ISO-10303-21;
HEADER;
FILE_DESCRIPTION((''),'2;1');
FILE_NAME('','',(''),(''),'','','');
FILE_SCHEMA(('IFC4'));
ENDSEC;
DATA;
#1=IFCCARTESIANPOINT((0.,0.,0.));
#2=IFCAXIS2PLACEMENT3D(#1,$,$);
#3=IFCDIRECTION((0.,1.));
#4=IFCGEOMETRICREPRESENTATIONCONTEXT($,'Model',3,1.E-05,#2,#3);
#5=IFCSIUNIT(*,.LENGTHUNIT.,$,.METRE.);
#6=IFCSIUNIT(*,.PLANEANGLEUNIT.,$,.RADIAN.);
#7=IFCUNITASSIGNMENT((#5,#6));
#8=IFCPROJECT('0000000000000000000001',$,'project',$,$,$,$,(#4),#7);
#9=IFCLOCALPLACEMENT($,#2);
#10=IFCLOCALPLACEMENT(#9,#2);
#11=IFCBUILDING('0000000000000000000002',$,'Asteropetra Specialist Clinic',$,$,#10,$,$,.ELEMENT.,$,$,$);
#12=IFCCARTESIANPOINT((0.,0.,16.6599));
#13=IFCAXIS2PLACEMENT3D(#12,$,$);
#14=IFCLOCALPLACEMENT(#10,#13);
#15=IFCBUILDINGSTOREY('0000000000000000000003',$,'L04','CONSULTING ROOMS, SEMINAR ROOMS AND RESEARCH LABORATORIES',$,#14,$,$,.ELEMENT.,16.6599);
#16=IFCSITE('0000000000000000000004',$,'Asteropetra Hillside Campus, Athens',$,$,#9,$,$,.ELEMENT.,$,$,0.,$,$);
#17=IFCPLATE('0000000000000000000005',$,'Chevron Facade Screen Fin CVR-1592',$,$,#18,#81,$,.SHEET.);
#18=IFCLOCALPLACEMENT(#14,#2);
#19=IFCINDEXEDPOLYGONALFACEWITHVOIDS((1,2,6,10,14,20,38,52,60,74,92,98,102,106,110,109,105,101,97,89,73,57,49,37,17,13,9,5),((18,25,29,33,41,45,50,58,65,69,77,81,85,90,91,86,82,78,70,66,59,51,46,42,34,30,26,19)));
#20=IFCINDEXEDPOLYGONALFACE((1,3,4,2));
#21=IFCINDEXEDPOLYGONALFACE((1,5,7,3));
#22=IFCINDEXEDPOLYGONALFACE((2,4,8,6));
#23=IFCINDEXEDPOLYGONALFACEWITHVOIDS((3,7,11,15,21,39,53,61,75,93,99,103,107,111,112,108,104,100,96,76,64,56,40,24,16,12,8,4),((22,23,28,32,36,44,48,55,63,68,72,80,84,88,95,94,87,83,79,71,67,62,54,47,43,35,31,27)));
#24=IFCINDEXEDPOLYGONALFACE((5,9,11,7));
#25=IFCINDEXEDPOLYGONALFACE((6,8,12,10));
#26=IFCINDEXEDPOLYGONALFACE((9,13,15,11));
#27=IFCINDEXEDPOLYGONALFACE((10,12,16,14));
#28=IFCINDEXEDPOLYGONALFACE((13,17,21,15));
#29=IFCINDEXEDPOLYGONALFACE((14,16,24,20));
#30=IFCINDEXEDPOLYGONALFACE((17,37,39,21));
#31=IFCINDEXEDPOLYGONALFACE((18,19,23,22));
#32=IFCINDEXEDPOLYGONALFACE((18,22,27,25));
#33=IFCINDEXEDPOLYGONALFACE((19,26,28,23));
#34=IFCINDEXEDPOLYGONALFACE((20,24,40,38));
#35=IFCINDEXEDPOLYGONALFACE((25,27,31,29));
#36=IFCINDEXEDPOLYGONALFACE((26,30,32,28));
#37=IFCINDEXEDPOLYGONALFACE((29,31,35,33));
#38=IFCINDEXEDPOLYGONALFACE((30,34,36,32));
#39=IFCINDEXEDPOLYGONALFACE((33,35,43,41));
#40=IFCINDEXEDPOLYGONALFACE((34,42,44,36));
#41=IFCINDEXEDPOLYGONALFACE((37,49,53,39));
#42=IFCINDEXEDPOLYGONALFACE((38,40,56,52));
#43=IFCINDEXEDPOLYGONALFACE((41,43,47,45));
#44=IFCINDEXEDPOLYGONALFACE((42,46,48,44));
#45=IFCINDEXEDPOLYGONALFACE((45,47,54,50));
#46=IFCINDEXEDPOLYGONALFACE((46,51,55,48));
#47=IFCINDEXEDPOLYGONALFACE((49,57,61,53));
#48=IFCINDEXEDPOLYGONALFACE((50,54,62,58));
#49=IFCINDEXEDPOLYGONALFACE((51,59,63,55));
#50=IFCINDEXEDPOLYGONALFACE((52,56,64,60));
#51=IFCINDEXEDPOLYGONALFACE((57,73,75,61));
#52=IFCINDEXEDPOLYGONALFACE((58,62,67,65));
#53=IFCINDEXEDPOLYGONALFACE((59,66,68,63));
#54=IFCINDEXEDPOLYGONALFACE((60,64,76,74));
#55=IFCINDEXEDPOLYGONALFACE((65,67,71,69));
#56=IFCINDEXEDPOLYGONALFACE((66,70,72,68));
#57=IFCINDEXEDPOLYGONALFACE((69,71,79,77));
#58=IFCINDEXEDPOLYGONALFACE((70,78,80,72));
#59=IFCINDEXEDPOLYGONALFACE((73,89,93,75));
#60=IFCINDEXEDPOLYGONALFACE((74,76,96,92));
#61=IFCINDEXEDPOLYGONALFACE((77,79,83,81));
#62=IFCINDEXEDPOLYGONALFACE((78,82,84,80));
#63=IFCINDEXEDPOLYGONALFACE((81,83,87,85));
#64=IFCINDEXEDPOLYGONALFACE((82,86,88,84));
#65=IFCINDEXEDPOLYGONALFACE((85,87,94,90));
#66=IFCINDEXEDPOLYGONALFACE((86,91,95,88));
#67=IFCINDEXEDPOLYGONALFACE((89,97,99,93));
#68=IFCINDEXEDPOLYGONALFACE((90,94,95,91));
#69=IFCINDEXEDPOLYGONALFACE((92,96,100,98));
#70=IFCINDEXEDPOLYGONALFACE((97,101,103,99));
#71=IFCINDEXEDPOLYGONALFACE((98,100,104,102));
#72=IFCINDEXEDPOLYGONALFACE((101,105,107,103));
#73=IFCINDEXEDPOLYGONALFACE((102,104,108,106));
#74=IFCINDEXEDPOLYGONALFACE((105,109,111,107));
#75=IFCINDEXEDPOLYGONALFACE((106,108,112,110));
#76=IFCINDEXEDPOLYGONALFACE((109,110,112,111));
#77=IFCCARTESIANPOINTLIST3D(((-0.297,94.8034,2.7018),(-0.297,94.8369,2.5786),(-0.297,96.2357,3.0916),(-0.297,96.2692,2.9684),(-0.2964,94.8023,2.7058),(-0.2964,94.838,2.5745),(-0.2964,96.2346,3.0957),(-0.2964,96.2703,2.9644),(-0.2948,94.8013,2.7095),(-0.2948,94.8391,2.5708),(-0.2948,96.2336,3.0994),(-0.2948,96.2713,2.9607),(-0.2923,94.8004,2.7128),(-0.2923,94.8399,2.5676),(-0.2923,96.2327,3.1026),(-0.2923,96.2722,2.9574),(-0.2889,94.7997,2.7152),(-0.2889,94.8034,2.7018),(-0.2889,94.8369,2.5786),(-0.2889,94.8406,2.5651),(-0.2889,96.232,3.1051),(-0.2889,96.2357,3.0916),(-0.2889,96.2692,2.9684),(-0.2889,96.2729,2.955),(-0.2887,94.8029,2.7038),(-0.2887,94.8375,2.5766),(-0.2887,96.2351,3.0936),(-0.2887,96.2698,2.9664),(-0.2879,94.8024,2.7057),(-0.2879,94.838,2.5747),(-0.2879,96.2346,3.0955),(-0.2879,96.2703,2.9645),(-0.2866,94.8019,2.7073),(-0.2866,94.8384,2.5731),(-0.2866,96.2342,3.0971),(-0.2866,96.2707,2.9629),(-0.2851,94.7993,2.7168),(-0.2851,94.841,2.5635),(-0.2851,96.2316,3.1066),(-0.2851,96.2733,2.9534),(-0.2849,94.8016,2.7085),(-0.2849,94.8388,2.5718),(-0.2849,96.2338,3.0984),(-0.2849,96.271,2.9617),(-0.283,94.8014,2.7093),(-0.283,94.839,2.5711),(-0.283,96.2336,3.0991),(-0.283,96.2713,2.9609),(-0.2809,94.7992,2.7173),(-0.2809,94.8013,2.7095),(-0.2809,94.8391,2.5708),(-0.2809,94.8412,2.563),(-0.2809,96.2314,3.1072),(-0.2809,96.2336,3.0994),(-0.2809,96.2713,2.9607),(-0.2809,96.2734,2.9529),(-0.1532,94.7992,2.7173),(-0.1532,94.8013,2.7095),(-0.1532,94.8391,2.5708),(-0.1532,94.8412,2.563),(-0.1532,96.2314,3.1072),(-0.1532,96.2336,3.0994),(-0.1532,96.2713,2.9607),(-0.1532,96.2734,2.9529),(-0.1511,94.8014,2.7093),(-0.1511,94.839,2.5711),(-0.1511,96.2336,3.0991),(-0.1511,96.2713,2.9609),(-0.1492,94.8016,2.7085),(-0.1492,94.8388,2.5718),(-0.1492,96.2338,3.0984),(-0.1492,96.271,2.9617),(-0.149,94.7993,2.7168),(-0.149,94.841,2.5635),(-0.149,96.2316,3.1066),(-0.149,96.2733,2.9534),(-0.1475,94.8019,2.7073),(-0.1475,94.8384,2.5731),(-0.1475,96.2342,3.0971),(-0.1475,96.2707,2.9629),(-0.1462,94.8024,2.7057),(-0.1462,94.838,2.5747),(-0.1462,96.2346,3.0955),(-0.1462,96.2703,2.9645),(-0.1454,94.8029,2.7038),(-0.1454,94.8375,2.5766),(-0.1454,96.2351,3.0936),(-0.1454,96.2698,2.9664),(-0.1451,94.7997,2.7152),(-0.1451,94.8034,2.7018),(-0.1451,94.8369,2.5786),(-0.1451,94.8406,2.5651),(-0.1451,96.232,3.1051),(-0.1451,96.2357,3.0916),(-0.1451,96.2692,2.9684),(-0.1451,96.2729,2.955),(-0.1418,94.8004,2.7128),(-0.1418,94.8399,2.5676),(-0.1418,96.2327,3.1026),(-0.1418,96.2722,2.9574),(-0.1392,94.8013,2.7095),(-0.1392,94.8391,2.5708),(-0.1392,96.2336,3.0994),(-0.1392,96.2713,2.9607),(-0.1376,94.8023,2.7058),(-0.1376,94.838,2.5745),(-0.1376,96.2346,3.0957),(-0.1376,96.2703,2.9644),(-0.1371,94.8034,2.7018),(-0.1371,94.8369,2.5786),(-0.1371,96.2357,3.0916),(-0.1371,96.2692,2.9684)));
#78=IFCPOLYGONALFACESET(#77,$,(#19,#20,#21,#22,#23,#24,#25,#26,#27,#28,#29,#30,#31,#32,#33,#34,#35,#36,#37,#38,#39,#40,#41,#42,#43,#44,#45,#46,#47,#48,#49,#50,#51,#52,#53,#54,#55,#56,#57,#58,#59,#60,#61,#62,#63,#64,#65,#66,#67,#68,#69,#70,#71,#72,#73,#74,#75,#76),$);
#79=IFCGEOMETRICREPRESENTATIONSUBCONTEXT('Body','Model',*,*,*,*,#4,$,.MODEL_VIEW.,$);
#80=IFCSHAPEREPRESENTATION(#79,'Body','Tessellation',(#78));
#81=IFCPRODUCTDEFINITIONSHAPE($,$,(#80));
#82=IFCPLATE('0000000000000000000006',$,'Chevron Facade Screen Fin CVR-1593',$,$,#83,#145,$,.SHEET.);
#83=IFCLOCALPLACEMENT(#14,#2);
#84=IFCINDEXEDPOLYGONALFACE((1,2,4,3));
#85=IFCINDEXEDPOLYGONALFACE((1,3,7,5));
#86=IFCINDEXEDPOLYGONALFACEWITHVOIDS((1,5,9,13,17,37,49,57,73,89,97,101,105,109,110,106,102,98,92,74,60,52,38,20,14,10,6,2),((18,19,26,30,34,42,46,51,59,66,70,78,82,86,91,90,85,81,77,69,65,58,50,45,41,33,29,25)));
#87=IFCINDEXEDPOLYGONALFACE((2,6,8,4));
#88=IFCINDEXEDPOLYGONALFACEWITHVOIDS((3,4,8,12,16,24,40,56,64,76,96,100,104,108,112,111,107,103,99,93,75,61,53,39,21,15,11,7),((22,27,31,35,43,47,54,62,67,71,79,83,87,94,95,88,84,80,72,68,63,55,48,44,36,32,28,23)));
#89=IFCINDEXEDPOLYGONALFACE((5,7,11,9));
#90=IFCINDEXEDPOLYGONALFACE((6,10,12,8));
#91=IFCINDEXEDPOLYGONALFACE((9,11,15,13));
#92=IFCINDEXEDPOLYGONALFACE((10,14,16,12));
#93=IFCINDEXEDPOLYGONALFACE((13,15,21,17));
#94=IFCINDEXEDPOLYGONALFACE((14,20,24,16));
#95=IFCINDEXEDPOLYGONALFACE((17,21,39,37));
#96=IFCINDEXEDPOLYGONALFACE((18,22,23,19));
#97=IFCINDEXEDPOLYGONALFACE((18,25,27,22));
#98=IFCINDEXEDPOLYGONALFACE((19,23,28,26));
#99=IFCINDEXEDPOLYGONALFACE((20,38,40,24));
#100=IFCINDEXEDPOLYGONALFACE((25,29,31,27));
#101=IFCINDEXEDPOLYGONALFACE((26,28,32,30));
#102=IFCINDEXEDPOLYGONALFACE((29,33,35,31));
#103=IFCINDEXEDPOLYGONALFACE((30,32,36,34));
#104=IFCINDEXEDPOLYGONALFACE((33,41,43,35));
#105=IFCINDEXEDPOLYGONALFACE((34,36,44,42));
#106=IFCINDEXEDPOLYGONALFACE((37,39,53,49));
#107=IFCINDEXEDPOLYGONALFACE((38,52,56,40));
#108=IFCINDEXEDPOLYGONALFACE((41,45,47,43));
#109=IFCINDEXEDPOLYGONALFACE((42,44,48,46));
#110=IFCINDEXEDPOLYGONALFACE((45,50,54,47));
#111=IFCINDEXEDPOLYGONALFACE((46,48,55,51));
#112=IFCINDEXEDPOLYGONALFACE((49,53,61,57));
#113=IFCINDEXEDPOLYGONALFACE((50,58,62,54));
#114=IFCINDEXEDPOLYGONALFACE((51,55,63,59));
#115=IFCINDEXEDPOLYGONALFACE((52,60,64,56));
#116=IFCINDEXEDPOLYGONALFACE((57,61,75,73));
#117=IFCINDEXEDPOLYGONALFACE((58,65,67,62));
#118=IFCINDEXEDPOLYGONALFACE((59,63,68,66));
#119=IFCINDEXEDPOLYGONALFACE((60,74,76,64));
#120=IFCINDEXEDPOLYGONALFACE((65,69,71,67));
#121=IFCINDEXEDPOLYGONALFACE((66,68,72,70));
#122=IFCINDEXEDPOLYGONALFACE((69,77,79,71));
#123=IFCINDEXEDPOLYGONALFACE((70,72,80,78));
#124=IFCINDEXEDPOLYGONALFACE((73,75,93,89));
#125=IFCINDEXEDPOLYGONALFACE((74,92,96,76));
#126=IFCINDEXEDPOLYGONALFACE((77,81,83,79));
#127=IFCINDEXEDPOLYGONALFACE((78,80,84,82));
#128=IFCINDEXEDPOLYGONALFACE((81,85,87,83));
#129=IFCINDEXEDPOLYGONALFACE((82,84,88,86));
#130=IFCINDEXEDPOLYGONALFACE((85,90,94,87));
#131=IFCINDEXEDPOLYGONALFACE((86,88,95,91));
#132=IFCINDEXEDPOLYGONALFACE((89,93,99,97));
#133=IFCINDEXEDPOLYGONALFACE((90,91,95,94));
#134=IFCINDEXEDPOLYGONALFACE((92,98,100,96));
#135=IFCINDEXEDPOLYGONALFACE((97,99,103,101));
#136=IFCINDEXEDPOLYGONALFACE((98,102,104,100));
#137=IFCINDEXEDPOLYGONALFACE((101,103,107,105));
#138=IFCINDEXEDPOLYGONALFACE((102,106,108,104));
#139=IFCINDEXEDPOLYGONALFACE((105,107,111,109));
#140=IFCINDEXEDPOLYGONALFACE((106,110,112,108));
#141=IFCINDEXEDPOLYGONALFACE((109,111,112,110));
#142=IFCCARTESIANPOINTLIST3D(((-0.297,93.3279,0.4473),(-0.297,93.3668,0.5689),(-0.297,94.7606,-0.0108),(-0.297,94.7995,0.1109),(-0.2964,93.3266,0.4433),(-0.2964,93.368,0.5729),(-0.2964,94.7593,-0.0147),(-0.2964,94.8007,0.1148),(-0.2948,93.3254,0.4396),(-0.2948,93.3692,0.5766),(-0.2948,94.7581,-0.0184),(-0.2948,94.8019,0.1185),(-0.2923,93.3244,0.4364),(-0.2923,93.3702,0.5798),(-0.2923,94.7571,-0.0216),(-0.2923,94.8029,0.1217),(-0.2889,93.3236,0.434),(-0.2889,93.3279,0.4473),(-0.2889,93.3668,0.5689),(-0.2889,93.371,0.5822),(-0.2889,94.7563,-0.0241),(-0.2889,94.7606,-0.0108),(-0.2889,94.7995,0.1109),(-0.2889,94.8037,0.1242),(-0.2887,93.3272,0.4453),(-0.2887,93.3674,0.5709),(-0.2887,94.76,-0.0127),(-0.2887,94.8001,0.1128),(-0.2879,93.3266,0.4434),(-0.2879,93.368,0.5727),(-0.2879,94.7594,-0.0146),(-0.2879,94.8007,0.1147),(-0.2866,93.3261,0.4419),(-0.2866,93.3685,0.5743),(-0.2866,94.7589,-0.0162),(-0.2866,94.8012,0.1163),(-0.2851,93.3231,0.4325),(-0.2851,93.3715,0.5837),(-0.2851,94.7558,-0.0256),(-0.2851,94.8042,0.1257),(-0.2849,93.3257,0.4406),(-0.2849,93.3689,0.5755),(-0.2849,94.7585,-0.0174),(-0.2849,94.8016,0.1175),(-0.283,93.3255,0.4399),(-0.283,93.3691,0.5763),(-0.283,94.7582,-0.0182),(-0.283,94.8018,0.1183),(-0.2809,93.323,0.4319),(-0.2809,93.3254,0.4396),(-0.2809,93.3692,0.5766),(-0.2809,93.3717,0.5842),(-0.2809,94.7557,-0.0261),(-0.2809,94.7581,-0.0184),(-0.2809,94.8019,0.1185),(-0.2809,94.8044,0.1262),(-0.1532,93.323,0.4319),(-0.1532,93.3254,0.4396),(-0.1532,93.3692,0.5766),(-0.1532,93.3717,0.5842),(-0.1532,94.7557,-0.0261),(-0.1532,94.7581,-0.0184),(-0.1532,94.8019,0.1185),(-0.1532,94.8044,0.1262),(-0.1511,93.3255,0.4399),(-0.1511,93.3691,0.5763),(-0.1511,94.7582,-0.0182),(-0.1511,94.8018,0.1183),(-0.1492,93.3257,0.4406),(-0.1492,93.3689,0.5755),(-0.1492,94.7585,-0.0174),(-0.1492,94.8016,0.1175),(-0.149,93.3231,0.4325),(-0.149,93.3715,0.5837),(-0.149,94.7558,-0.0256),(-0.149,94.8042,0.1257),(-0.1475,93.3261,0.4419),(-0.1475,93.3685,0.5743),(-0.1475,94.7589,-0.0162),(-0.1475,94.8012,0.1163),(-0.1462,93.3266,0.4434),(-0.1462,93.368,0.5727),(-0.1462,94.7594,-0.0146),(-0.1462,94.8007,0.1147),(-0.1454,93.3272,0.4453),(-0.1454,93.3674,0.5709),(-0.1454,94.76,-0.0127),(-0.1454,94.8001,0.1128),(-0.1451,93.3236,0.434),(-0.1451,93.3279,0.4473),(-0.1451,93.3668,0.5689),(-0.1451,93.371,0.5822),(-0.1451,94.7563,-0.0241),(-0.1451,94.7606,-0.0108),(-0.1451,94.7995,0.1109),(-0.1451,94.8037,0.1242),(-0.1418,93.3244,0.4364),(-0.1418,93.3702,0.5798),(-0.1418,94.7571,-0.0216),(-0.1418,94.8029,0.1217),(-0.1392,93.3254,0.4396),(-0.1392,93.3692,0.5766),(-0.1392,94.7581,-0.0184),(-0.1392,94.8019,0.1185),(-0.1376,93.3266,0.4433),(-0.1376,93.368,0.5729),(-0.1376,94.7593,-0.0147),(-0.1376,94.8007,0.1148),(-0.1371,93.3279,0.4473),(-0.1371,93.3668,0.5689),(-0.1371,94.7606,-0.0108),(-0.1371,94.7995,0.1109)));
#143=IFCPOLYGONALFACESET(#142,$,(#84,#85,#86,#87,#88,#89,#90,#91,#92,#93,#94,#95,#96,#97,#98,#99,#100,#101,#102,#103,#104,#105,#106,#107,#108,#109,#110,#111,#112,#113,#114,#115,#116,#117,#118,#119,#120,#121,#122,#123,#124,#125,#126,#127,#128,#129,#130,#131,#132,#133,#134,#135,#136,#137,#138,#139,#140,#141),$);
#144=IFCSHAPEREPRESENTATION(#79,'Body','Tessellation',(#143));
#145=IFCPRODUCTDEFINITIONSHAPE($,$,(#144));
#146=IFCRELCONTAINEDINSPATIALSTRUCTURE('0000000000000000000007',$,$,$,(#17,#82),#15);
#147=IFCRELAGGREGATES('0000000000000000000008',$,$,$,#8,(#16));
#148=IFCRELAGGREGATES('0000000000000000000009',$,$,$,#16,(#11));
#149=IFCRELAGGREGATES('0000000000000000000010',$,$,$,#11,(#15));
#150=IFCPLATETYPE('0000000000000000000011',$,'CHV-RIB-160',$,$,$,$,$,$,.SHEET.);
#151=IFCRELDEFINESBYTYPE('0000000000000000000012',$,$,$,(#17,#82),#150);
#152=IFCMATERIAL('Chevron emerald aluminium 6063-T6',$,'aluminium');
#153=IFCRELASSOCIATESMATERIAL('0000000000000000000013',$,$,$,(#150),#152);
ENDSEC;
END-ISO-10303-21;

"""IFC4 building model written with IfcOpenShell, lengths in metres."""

from ifc_helpers import new_model, si_unit, direction, frame, origin, origin_2d, place, context, subcontext, project, spatial, hollow_rectangle, extrude, material, material_profile, profile_set, type_object, element, save


model = new_model("IFC4")

# Units and contexts
model_context = context("Model", 3, precision=1e-05, world=origin(), true_north=direction((0.0, 1.0)))
body_context = subcontext(model_context, "Body", "Model", "MODEL_VIEW")
ifc_project = project(units=[si_unit("LENGTHUNIT", "METRE"), si_unit("PLANEANGLEUNIT", "RADIAN")], contexts=[model_context])

# Site, building, storey
site_placement = place(None, origin())
site = spatial("IfcSite", under=ifc_project, at=site_placement, Name="Asteropetra Hillside Campus, Athens", CompositionType="ELEMENT", RefElevation=0.0)
building_placement = place(site_placement, origin())
building = spatial("IfcBuilding", under=site, at=building_placement, Name="Asteropetra Specialist Clinic", CompositionType="ELEMENT")
storey_placement = place(building_placement, frame((0.0, 0.0, 16.6599)))
storey = spatial("IfcBuildingStorey", under=building, at=storey_placement, Name="L04", Description="CONSULTING ROOMS, SEMINAR ROOMS AND RESEARCH LABORATORIES", CompositionType="ELEMENT", Elevation=16.6599)

# Plates
ifc_material_1 = material(Name="Chevron emerald aluminium 6063-T6", Category="aluminium")
ifc_material_profile = material_profile(ifc_material_1, hollow_rectangle(XDim=0.1599, YDim=0.1599, WallThickness=0.0081, InnerFilletRadius=0.0081, OuterFilletRadius=0.0161, at=origin_2d()), Name="SHS 160x160x8.0")
ifc_profile_set = profile_set([ifc_material_profile], Name="Chevron emerald aluminium 6063-T6")
plate_type_1 = type_object("IfcPlateType", Name="CHV-RIB-160", PredefinedType="SHEET", material=ifc_profile_set)
plate_1_placement = place(storey_placement, frame((-0.217, 96.2524, 3.03), z_axis=(0.0, -0.964893, -0.262644), x_axis=(1.0, 0.0, 0.0)))
element("IfcPlate", 1, at=plate_1_placement, inside=storey, type_object=plate_type_1, Name="Chevron Facade Screen Fin CVR-1592", PredefinedType="SHEET", context=body_context, shape_type="SweptSolid", body=[
    extrude(hollow_rectangle(XDim=0.1599, YDim=0.1599, WallThickness=0.0081, InnerFilletRadius=0.0081, OuterFilletRadius=0.0161, at=origin_2d()), origin(), (0.0, 0.0, 1.0), 1.4844),
])
plate_2_placement = place(storey_placement, frame((-0.217, 94.78, 0.05), z_axis=(0.0, -0.952507, 0.304517), x_axis=(1.0, 0.0, 0.0)))
element("IfcPlate", 2, at=plate_2_placement, inside=storey, type_object=plate_type_1, Name="Chevron Facade Screen Fin CVR-1593", PredefinedType="SHEET", context=body_context, shape_type="SweptSolid", body=[
    extrude(hollow_rectangle(XDim=0.1599, YDim=0.1599, WallThickness=0.0081, InnerFilletRadius=0.0081, OuterFilletRadius=0.0161, at=origin_2d()), origin(), (0.0, 0.0, 1.0), 1.5042),
])

save(model, "model.ifc")
